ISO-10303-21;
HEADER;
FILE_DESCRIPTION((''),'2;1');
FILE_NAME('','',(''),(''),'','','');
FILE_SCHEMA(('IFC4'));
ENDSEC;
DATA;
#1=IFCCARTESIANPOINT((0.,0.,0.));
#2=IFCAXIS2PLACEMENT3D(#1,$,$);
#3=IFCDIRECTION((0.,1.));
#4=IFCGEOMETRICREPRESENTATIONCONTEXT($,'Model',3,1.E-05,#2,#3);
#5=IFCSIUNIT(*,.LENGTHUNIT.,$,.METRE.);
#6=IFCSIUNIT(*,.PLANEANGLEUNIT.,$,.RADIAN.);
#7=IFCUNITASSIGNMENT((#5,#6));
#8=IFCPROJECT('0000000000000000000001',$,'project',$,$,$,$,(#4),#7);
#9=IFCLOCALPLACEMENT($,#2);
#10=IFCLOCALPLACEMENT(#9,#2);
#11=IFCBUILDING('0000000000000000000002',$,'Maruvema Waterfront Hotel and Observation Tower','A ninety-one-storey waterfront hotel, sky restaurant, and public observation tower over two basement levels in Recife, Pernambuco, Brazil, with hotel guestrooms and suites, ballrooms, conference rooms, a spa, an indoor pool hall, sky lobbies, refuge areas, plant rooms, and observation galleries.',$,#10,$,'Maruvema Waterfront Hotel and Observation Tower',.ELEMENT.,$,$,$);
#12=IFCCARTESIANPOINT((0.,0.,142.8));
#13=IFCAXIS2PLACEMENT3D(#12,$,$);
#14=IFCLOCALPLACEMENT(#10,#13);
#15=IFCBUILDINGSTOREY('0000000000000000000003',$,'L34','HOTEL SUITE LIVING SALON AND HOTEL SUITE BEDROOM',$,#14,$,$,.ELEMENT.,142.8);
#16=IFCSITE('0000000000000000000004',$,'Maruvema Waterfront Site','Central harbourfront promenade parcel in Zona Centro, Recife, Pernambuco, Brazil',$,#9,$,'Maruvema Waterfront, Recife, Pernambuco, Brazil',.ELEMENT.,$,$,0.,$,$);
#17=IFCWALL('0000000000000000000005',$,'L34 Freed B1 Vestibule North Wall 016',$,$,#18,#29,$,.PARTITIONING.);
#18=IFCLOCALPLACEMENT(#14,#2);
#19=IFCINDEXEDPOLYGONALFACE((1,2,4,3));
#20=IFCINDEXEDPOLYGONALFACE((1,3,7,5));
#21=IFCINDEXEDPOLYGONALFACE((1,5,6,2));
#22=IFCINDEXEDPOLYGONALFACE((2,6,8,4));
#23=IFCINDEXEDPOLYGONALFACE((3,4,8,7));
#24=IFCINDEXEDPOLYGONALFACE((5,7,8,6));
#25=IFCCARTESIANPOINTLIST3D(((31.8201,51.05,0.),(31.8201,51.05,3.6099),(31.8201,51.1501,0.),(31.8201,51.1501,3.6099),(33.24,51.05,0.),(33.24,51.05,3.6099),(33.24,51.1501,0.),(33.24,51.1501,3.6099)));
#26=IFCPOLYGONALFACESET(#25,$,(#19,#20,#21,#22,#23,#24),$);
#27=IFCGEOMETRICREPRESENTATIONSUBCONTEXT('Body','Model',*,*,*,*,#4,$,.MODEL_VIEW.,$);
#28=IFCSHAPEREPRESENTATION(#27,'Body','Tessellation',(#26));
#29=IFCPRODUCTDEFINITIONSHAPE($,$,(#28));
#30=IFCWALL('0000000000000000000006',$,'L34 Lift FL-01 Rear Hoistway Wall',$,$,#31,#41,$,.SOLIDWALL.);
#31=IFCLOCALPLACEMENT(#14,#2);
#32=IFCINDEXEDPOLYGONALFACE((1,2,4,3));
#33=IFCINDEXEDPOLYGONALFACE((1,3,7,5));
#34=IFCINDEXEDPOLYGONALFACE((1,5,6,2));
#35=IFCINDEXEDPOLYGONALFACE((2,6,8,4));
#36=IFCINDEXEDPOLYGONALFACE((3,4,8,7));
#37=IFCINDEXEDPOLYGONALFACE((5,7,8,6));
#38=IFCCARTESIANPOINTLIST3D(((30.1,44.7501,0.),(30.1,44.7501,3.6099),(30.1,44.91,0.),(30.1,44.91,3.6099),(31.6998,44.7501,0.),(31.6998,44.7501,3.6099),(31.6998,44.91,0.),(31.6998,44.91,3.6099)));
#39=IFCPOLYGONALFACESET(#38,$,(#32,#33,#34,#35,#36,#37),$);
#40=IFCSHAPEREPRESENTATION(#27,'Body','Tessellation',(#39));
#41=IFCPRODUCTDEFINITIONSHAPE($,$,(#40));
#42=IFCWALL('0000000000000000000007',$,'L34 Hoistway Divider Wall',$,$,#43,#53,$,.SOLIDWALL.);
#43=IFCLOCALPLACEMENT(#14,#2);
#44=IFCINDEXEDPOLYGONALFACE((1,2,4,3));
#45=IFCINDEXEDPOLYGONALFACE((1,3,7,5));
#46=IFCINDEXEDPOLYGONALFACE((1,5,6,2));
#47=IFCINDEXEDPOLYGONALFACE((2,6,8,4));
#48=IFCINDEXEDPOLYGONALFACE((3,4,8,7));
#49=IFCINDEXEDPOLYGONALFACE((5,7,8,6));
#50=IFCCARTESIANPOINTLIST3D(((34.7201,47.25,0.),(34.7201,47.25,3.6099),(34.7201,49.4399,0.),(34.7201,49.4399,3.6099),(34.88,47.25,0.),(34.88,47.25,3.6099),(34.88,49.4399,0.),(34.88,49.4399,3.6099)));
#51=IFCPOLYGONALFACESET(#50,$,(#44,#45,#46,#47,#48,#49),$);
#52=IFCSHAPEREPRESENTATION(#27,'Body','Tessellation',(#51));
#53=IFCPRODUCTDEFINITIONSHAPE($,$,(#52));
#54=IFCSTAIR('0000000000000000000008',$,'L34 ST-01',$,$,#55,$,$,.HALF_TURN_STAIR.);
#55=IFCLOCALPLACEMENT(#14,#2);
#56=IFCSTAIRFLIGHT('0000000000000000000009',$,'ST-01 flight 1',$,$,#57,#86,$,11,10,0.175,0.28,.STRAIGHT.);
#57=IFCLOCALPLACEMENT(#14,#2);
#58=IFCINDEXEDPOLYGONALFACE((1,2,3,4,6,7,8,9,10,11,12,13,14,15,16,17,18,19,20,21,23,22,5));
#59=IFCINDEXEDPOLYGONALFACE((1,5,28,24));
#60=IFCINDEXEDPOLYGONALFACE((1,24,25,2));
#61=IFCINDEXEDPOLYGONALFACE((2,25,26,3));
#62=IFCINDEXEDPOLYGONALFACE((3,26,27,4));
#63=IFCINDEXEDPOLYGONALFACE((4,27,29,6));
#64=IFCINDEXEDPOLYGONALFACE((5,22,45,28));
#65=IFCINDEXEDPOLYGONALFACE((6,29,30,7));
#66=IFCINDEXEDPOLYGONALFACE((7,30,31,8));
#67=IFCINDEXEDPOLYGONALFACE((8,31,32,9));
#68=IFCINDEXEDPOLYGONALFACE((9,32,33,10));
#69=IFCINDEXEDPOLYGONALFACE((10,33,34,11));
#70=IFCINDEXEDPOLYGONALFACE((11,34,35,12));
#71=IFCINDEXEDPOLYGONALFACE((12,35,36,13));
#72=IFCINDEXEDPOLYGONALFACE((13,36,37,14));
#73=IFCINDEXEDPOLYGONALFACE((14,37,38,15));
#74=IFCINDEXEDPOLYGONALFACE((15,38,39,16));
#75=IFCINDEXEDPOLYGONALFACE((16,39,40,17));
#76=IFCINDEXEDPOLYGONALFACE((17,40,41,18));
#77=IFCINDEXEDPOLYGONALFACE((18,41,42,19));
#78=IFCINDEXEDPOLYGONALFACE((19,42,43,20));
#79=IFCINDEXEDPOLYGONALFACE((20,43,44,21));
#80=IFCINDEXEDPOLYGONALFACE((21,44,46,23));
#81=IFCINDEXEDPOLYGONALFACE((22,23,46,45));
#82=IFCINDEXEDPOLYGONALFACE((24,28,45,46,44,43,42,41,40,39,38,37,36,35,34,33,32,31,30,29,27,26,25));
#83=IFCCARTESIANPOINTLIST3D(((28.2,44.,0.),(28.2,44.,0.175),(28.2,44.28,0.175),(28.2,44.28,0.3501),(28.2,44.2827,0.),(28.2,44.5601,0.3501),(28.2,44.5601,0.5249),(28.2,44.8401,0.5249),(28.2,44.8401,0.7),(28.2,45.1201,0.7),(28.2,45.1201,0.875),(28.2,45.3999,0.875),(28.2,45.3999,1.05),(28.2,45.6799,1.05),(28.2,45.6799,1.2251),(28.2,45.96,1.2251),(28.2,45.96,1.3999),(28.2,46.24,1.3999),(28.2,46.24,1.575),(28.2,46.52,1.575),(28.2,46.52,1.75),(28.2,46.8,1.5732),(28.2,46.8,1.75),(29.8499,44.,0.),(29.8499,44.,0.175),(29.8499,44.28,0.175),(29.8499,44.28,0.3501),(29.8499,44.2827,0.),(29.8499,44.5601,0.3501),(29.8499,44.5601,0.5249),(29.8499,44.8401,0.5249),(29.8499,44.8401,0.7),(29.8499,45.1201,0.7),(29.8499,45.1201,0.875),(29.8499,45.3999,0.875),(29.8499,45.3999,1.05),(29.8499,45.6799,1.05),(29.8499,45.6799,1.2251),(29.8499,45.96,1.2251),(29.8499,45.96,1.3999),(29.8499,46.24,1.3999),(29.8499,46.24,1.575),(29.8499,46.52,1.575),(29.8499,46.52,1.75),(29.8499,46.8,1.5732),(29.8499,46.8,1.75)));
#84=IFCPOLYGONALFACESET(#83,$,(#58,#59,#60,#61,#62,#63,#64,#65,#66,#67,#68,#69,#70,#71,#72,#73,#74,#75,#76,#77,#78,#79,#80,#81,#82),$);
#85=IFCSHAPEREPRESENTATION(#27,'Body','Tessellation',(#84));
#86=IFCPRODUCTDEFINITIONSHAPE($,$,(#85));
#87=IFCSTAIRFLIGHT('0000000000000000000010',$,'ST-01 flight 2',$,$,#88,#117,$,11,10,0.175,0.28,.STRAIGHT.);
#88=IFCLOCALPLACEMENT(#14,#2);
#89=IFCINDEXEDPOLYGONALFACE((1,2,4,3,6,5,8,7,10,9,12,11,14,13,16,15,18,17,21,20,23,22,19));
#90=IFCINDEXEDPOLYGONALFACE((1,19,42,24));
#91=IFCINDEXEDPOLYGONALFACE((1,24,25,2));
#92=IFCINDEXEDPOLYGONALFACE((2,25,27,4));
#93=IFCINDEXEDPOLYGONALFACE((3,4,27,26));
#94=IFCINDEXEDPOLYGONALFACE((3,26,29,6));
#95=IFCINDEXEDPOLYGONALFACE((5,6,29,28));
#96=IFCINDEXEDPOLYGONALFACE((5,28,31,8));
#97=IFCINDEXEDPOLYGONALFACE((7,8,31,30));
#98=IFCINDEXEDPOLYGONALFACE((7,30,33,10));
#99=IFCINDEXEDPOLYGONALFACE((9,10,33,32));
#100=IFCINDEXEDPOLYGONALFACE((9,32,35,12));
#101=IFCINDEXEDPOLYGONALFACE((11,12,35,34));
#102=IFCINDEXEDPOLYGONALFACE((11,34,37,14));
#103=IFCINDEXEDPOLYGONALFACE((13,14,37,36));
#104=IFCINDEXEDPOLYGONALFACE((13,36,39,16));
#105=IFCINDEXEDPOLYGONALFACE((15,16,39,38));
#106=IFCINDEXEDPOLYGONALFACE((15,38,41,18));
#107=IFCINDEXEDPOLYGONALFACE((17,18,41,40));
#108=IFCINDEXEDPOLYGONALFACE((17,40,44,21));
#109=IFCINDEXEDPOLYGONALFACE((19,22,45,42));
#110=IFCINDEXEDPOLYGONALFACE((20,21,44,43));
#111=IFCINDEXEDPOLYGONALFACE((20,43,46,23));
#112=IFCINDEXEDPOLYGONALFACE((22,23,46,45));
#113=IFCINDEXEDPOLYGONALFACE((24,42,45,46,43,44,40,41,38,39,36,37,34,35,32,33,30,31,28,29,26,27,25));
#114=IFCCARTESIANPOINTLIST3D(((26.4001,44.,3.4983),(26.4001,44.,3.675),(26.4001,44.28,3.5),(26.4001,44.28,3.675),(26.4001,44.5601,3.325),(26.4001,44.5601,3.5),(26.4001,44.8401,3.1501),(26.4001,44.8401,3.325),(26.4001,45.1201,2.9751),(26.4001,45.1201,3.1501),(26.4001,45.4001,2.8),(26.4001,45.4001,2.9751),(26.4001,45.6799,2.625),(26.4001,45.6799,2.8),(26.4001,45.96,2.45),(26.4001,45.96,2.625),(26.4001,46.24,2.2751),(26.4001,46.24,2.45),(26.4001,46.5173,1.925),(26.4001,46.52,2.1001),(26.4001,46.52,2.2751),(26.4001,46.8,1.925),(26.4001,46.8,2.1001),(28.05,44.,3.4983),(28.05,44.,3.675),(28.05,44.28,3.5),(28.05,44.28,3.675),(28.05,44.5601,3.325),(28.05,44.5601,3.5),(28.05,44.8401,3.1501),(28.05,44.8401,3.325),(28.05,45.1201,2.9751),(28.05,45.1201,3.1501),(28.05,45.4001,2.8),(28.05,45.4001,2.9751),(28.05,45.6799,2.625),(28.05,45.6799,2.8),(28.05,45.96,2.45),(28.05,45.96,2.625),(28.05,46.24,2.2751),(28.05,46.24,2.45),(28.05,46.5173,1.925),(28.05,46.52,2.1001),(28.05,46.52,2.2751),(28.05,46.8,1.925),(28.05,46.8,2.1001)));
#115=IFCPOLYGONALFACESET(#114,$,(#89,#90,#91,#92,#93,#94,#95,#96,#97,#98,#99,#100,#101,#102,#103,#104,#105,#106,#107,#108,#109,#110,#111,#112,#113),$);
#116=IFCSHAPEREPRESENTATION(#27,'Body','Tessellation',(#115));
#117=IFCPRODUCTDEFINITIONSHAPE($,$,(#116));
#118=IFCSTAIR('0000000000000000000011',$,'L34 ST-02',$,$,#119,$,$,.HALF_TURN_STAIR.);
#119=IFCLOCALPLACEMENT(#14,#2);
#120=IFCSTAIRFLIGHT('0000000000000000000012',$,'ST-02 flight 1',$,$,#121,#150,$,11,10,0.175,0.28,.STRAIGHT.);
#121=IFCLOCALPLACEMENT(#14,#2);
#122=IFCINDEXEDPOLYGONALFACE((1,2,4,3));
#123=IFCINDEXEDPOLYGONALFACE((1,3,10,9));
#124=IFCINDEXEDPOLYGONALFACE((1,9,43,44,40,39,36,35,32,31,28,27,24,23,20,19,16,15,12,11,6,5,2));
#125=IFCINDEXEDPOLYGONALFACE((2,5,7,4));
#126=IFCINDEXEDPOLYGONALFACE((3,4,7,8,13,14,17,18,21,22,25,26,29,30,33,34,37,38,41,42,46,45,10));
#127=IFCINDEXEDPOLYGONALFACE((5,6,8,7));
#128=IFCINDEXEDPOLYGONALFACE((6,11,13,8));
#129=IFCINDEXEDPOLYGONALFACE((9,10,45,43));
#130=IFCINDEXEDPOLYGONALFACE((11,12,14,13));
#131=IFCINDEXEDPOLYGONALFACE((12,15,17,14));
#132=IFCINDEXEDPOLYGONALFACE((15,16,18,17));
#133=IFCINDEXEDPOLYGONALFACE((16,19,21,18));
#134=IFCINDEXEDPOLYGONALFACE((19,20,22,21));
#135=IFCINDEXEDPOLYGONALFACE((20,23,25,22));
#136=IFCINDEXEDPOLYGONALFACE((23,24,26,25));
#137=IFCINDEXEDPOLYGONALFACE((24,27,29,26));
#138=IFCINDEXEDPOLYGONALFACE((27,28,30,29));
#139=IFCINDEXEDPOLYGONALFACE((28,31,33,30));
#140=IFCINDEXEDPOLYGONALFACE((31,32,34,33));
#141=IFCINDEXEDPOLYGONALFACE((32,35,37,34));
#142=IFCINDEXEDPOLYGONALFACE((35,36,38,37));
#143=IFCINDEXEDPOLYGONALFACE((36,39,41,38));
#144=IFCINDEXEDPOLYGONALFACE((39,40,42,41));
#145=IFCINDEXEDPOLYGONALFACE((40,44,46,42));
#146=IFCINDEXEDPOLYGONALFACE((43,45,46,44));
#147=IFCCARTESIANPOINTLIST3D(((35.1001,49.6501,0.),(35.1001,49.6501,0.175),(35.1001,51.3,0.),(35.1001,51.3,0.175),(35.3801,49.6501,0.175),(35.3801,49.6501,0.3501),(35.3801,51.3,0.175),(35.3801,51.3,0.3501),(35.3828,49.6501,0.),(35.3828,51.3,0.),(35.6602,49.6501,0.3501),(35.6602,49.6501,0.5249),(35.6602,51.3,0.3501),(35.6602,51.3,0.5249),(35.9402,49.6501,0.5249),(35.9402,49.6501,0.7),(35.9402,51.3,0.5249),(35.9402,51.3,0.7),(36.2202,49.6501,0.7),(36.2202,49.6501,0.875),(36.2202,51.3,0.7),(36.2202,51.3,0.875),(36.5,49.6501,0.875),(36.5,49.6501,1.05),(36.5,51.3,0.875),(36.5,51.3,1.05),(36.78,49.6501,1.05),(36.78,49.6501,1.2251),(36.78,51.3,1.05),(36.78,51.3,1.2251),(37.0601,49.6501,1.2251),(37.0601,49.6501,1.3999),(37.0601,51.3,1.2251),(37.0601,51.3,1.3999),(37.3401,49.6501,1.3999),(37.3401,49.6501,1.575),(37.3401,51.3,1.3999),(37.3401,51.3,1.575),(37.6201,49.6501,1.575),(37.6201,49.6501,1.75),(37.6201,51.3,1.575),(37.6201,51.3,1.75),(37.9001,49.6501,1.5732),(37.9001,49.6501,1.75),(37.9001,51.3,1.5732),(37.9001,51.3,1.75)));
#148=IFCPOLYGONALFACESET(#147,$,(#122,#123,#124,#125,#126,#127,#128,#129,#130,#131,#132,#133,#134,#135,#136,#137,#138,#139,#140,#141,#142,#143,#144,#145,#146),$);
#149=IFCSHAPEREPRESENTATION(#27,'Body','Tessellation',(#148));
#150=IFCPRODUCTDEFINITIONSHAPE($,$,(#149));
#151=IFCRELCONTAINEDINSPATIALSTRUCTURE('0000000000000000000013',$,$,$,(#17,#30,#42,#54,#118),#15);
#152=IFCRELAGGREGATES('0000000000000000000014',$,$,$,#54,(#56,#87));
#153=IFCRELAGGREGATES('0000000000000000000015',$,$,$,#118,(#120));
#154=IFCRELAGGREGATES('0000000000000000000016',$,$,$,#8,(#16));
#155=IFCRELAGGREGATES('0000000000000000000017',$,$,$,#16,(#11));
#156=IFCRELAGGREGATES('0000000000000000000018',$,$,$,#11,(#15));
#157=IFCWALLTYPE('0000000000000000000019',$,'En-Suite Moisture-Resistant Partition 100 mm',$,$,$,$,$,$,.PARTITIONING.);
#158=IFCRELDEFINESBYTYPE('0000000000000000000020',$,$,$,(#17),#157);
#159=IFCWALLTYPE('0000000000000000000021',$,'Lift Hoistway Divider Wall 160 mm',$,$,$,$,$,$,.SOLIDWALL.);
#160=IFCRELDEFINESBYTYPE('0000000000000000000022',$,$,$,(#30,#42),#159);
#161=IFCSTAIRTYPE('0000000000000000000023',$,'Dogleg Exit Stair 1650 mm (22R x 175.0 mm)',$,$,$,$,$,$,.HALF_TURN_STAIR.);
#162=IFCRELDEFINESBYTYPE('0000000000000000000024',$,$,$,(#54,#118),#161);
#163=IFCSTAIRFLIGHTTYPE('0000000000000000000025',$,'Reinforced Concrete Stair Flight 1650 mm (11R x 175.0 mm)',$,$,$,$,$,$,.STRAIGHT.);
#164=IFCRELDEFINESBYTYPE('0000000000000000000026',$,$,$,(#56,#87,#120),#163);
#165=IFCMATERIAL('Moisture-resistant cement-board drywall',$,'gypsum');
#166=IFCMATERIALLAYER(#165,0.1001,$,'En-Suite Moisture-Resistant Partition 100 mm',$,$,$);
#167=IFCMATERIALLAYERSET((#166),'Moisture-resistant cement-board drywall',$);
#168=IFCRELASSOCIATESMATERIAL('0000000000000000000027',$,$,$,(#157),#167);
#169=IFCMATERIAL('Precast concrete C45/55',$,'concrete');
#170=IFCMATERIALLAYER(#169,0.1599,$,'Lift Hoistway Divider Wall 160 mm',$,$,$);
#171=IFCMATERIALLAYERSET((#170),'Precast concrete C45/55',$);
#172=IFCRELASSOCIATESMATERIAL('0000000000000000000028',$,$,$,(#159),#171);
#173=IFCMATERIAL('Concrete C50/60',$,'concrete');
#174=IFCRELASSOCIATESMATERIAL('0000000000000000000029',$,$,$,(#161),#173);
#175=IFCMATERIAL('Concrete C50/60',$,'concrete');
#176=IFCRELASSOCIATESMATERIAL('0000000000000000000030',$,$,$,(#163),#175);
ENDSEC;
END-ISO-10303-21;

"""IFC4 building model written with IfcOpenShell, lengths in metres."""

from ifc_helpers import new_model, si_unit, direction, frame, frame_2d, origin, place, context, subcontext, project, spatial, polyline, rectangle, outline, extrude, material, layer, layer_set, type_object, element, aggregate, save


model = new_model("IFC4")

# Units and contexts
model_context = context("Model", 3, precision=1e-05, world=origin(), true_north=direction((0.0, 1.0)))
body_context = subcontext(model_context, "Body", "Model", "MODEL_VIEW")
ifc_project = project(units=[si_unit("LENGTHUNIT", "METRE"), si_unit("PLANEANGLEUNIT", "RADIAN")], contexts=[model_context])

# Site, building, storey
site_placement = place(None, origin())
site = spatial("IfcSite", under=ifc_project, at=site_placement, Name="Maruvema Waterfront Site", Description="Central harbourfront promenade parcel in Zona Centro, Recife, Pernambuco, Brazil", LongName="Maruvema Waterfront, Recife, Pernambuco, Brazil", CompositionType="ELEMENT", RefElevation=0.0)
building_placement = place(site_placement, origin())
building = spatial("IfcBuilding", under=site, at=building_placement, Name="Maruvema Waterfront Hotel and Observation Tower", Description="A ninety-one-storey waterfront hotel, sky restaurant, and public observation tower over two basement levels in Recife, Pernambuco, Brazil, with hotel guestrooms and suites, ballrooms, conference rooms, a spa, an indoor pool hall, sky lobbies, refuge areas, plant rooms, and observation galleries.", LongName="Maruvema Waterfront Hotel and Observation Tower", CompositionType="ELEMENT")
storey_placement = place(building_placement, frame((0.0, 0.0, 142.8)))
storey = spatial("IfcBuildingStorey", under=building, at=storey_placement, Name="L34", Description="HOTEL SUITE LIVING SALON AND HOTEL SUITE BEDROOM", CompositionType="ELEMENT", Elevation=142.8)

# Shared definitions
ifc_material_1 = material(Name="Moisture-resistant cement-board drywall", Category="gypsum")
ifc_layer_1 = layer(ifc_material_1, 0.1001, Name="En-Suite Moisture-Resistant Partition 100 mm")
ifc_layer_set_1 = layer_set([ifc_layer_1], Name="Moisture-resistant cement-board drywall")
wall_type_1 = type_object("IfcWallType", Name="En-Suite Moisture-Resistant Partition 100 mm", PredefinedType="PARTITIONING", material=ifc_layer_set_1)

# Walls
wall_1_placement = place(storey_placement, frame((31.8201, 51.1001, 0.0), z_axis=(0.0, 0.0, 1.0), x_axis=(1.0, 0.0, 0.0)))
element("IfcWall", 1, at=wall_1_placement, inside=storey, type_object=wall_type_1, Name="L34 Freed B1 Vestibule North Wall 016", PredefinedType="PARTITIONING", context=body_context, shape_type="SweptSolid", body=[
    extrude(rectangle(XDim=1.4199, YDim=0.1001, at=frame_2d((0.71, 0.0))), origin(), (0.0, 0.0, 1.0), 3.6099),
])
ifc_material_2 = material(Name="Precast concrete C45/55", Category="concrete")
ifc_layer_2 = layer(ifc_material_2, 0.1599, Name="Lift Hoistway Divider Wall 160 mm")
ifc_layer_set_2 = layer_set([ifc_layer_2], Name="Precast concrete C45/55")
wall_type_2 = type_object("IfcWallType", Name="Lift Hoistway Divider Wall 160 mm", PredefinedType="SOLIDWALL", material=ifc_layer_set_2)
wall_2_placement = place(storey_placement, frame((30.1001, 44.8301, 0.0), z_axis=(0.0, 0.0, 1.0), x_axis=(1.0, 0.0, 0.0)))
element("IfcWall", 2, at=wall_2_placement, inside=storey, type_object=wall_type_2, Name="L34 Lift FL-01 Rear Hoistway Wall", PredefinedType="SOLIDWALL", context=body_context, shape_type="SweptSolid", body=[
    extrude(rectangle(XDim=1.5999, YDim=0.1599, at=frame_2d((0.7998, 0.0))), origin(), (0.0, 0.0, 1.0), 3.6099),
])
wall_3_placement = place(storey_placement, frame((34.8, 47.25, 0.0), z_axis=(0.0, 0.0, 1.0), x_axis=(0.0, 1.0, 0.0)))
element("IfcWall", 3, at=wall_3_placement, inside=storey, type_object=wall_type_2, Name="L34 Hoistway Divider Wall", PredefinedType="SOLIDWALL", context=body_context, shape_type="SweptSolid", body=[
    extrude(rectangle(XDim=2.1899, YDim=0.1599, at=frame_2d((1.095, 0.0))), origin(), (0.0, 0.0, 1.0), 3.6099),
])

# Stair, stair flights
ifc_material_3 = material(Name="Concrete C50/60", Category="concrete")
stair_type = type_object("IfcStairType", Name="Dogleg Exit Stair 1650 mm (22R x 175.0 mm)", PredefinedType="HALF_TURN_STAIR", material=ifc_material_3)
stair_1_placement = place(storey_placement, origin())
stair_1 = element("IfcStair", 4, at=stair_1_placement, inside=storey, type_object=stair_type, Name="L34 ST-01", PredefinedType="HALF_TURN_STAIR")
ifc_material_4 = material(Name="Concrete C50/60", Category="concrete")
stair_flight_type = type_object("IfcStairFlightType", Name="Reinforced Concrete Stair Flight 1650 mm (11R x 175.0 mm)", PredefinedType="STRAIGHT", material=ifc_material_4)
stair_flight_1_placement = place(storey_placement, frame((29.0249, 44.0, 0.0), z_axis=(0.0, 0.0, 1.0), x_axis=(0.0, 1.0, 0.0)))
stair_flight_1 = element("IfcStairFlight", 5, at=stair_flight_1_placement, type_object=stair_flight_type, Name="ST-01 flight 1", NumberOfRisers=11, NumberOfTreads=10, PredefinedType="STRAIGHT", RiserHeight=0.175, TreadLength=0.28, context=body_context, shape_type="SweptSolid", body=[
    extrude(outline(polyline([(0.0, 0.0), (0.0, 0.175), (0.28, 0.175), (0.28, 0.3501), (0.5601, 0.3501), (0.5601, 0.5249), (0.8401, 0.5249), (0.8401, 0.7), (1.1201, 0.7), (1.1201, 0.875), (1.3999, 0.875), (1.3999, 1.05), (1.6799, 1.05), (1.6799, 1.2251), (1.96, 1.2251), (1.96, 1.3999), (2.24, 1.3999), (2.24, 1.575), (2.52, 1.575), (2.52, 1.75), (2.8, 1.75), (2.8, 1.925), (2.8, 1.5732), (0.2827, 0.0), (0.0, 0.0)])), frame((0.0, 0.825, 0.0), z_axis=(0.0, -1.0, 0.0), x_axis=(1.0, 0.0, 0.0)), (0.0, 0.0, 1.0), 1.6499),
])
stair_flight_2_placement = place(storey_placement, frame((27.2251, 46.8, 1.925), z_axis=(0.0, 0.0, 1.0), x_axis=(0.0, -1.0, 0.0)))
stair_flight_2 = element("IfcStairFlight", 6, at=stair_flight_2_placement, type_object=stair_flight_type, Name="ST-01 flight 2", NumberOfRisers=11, NumberOfTreads=10, PredefinedType="STRAIGHT", RiserHeight=0.175, TreadLength=0.28, context=body_context, shape_type="SweptSolid", body=[
    extrude(outline(polyline([(0.0, 0.0), (0.0, 0.175), (0.28, 0.175), (0.28, 0.3501), (0.5601, 0.3501), (0.5601, 0.5249), (0.8401, 0.5249), (0.8401, 0.7), (1.1201, 0.7), (1.1201, 0.875), (1.3999, 0.875), (1.3999, 1.05), (1.6799, 1.05), (1.6799, 1.2251), (1.96, 1.2251), (1.96, 1.3999), (2.24, 1.3999), (2.24, 1.575), (2.52, 1.575), (2.52, 1.75), (2.8, 1.75), (2.8, 1.925), (2.8, 1.5732), (0.2827, 0.0), (0.0, 0.0)])), frame((0.0, 0.825, 0.0), z_axis=(0.0, -1.0, 0.0), x_axis=(1.0, 0.0, 0.0)), (0.0, 0.0, 1.0), 1.6499),
])
aggregate(stair_1, [stair_flight_1, stair_flight_2])

# Stair, stair flight
stair_2_placement = place(storey_placement, origin())
stair_2 = element("IfcStair", 7, at=stair_2_placement, inside=storey, type_object=stair_type, Name="L34 ST-02", PredefinedType="HALF_TURN_STAIR")
stair_flight_3_placement = place(storey_placement, frame((35.1001, 50.4751, 0.0), z_axis=(0.0, 0.0, 1.0), x_axis=(1.0, 0.0, 0.0)))
stair_flight_3 = element("IfcStairFlight", 8, at=stair_flight_3_placement, type_object=stair_flight_type, Name="ST-02 flight 1", NumberOfRisers=11, NumberOfTreads=10, PredefinedType="STRAIGHT", RiserHeight=0.175, TreadLength=0.28, context=body_context, shape_type="SweptSolid", body=[
    extrude(outline(polyline([(0.0, 0.0), (0.0, 0.175), (0.28, 0.175), (0.28, 0.3501), (0.5601, 0.3501), (0.5601, 0.5249), (0.8401, 0.5249), (0.8401, 0.7), (1.1201, 0.7), (1.1201, 0.875), (1.3999, 0.875), (1.3999, 1.05), (1.6799, 1.05), (1.6799, 1.2251), (1.96, 1.2251), (1.96, 1.3999), (2.24, 1.3999), (2.24, 1.575), (2.52, 1.575), (2.52, 1.75), (2.8, 1.75), (2.8, 1.925), (2.8, 1.5732), (0.2827, 0.0), (0.0, 0.0)])), frame((0.0, 0.825, 0.0), z_axis=(0.0, -1.0, 0.0), x_axis=(1.0, 0.0, 0.0)), (0.0, 0.0, 1.0), 1.6499),
])
aggregate(stair_2, [stair_flight_3])

save(model, "model.ifc")
